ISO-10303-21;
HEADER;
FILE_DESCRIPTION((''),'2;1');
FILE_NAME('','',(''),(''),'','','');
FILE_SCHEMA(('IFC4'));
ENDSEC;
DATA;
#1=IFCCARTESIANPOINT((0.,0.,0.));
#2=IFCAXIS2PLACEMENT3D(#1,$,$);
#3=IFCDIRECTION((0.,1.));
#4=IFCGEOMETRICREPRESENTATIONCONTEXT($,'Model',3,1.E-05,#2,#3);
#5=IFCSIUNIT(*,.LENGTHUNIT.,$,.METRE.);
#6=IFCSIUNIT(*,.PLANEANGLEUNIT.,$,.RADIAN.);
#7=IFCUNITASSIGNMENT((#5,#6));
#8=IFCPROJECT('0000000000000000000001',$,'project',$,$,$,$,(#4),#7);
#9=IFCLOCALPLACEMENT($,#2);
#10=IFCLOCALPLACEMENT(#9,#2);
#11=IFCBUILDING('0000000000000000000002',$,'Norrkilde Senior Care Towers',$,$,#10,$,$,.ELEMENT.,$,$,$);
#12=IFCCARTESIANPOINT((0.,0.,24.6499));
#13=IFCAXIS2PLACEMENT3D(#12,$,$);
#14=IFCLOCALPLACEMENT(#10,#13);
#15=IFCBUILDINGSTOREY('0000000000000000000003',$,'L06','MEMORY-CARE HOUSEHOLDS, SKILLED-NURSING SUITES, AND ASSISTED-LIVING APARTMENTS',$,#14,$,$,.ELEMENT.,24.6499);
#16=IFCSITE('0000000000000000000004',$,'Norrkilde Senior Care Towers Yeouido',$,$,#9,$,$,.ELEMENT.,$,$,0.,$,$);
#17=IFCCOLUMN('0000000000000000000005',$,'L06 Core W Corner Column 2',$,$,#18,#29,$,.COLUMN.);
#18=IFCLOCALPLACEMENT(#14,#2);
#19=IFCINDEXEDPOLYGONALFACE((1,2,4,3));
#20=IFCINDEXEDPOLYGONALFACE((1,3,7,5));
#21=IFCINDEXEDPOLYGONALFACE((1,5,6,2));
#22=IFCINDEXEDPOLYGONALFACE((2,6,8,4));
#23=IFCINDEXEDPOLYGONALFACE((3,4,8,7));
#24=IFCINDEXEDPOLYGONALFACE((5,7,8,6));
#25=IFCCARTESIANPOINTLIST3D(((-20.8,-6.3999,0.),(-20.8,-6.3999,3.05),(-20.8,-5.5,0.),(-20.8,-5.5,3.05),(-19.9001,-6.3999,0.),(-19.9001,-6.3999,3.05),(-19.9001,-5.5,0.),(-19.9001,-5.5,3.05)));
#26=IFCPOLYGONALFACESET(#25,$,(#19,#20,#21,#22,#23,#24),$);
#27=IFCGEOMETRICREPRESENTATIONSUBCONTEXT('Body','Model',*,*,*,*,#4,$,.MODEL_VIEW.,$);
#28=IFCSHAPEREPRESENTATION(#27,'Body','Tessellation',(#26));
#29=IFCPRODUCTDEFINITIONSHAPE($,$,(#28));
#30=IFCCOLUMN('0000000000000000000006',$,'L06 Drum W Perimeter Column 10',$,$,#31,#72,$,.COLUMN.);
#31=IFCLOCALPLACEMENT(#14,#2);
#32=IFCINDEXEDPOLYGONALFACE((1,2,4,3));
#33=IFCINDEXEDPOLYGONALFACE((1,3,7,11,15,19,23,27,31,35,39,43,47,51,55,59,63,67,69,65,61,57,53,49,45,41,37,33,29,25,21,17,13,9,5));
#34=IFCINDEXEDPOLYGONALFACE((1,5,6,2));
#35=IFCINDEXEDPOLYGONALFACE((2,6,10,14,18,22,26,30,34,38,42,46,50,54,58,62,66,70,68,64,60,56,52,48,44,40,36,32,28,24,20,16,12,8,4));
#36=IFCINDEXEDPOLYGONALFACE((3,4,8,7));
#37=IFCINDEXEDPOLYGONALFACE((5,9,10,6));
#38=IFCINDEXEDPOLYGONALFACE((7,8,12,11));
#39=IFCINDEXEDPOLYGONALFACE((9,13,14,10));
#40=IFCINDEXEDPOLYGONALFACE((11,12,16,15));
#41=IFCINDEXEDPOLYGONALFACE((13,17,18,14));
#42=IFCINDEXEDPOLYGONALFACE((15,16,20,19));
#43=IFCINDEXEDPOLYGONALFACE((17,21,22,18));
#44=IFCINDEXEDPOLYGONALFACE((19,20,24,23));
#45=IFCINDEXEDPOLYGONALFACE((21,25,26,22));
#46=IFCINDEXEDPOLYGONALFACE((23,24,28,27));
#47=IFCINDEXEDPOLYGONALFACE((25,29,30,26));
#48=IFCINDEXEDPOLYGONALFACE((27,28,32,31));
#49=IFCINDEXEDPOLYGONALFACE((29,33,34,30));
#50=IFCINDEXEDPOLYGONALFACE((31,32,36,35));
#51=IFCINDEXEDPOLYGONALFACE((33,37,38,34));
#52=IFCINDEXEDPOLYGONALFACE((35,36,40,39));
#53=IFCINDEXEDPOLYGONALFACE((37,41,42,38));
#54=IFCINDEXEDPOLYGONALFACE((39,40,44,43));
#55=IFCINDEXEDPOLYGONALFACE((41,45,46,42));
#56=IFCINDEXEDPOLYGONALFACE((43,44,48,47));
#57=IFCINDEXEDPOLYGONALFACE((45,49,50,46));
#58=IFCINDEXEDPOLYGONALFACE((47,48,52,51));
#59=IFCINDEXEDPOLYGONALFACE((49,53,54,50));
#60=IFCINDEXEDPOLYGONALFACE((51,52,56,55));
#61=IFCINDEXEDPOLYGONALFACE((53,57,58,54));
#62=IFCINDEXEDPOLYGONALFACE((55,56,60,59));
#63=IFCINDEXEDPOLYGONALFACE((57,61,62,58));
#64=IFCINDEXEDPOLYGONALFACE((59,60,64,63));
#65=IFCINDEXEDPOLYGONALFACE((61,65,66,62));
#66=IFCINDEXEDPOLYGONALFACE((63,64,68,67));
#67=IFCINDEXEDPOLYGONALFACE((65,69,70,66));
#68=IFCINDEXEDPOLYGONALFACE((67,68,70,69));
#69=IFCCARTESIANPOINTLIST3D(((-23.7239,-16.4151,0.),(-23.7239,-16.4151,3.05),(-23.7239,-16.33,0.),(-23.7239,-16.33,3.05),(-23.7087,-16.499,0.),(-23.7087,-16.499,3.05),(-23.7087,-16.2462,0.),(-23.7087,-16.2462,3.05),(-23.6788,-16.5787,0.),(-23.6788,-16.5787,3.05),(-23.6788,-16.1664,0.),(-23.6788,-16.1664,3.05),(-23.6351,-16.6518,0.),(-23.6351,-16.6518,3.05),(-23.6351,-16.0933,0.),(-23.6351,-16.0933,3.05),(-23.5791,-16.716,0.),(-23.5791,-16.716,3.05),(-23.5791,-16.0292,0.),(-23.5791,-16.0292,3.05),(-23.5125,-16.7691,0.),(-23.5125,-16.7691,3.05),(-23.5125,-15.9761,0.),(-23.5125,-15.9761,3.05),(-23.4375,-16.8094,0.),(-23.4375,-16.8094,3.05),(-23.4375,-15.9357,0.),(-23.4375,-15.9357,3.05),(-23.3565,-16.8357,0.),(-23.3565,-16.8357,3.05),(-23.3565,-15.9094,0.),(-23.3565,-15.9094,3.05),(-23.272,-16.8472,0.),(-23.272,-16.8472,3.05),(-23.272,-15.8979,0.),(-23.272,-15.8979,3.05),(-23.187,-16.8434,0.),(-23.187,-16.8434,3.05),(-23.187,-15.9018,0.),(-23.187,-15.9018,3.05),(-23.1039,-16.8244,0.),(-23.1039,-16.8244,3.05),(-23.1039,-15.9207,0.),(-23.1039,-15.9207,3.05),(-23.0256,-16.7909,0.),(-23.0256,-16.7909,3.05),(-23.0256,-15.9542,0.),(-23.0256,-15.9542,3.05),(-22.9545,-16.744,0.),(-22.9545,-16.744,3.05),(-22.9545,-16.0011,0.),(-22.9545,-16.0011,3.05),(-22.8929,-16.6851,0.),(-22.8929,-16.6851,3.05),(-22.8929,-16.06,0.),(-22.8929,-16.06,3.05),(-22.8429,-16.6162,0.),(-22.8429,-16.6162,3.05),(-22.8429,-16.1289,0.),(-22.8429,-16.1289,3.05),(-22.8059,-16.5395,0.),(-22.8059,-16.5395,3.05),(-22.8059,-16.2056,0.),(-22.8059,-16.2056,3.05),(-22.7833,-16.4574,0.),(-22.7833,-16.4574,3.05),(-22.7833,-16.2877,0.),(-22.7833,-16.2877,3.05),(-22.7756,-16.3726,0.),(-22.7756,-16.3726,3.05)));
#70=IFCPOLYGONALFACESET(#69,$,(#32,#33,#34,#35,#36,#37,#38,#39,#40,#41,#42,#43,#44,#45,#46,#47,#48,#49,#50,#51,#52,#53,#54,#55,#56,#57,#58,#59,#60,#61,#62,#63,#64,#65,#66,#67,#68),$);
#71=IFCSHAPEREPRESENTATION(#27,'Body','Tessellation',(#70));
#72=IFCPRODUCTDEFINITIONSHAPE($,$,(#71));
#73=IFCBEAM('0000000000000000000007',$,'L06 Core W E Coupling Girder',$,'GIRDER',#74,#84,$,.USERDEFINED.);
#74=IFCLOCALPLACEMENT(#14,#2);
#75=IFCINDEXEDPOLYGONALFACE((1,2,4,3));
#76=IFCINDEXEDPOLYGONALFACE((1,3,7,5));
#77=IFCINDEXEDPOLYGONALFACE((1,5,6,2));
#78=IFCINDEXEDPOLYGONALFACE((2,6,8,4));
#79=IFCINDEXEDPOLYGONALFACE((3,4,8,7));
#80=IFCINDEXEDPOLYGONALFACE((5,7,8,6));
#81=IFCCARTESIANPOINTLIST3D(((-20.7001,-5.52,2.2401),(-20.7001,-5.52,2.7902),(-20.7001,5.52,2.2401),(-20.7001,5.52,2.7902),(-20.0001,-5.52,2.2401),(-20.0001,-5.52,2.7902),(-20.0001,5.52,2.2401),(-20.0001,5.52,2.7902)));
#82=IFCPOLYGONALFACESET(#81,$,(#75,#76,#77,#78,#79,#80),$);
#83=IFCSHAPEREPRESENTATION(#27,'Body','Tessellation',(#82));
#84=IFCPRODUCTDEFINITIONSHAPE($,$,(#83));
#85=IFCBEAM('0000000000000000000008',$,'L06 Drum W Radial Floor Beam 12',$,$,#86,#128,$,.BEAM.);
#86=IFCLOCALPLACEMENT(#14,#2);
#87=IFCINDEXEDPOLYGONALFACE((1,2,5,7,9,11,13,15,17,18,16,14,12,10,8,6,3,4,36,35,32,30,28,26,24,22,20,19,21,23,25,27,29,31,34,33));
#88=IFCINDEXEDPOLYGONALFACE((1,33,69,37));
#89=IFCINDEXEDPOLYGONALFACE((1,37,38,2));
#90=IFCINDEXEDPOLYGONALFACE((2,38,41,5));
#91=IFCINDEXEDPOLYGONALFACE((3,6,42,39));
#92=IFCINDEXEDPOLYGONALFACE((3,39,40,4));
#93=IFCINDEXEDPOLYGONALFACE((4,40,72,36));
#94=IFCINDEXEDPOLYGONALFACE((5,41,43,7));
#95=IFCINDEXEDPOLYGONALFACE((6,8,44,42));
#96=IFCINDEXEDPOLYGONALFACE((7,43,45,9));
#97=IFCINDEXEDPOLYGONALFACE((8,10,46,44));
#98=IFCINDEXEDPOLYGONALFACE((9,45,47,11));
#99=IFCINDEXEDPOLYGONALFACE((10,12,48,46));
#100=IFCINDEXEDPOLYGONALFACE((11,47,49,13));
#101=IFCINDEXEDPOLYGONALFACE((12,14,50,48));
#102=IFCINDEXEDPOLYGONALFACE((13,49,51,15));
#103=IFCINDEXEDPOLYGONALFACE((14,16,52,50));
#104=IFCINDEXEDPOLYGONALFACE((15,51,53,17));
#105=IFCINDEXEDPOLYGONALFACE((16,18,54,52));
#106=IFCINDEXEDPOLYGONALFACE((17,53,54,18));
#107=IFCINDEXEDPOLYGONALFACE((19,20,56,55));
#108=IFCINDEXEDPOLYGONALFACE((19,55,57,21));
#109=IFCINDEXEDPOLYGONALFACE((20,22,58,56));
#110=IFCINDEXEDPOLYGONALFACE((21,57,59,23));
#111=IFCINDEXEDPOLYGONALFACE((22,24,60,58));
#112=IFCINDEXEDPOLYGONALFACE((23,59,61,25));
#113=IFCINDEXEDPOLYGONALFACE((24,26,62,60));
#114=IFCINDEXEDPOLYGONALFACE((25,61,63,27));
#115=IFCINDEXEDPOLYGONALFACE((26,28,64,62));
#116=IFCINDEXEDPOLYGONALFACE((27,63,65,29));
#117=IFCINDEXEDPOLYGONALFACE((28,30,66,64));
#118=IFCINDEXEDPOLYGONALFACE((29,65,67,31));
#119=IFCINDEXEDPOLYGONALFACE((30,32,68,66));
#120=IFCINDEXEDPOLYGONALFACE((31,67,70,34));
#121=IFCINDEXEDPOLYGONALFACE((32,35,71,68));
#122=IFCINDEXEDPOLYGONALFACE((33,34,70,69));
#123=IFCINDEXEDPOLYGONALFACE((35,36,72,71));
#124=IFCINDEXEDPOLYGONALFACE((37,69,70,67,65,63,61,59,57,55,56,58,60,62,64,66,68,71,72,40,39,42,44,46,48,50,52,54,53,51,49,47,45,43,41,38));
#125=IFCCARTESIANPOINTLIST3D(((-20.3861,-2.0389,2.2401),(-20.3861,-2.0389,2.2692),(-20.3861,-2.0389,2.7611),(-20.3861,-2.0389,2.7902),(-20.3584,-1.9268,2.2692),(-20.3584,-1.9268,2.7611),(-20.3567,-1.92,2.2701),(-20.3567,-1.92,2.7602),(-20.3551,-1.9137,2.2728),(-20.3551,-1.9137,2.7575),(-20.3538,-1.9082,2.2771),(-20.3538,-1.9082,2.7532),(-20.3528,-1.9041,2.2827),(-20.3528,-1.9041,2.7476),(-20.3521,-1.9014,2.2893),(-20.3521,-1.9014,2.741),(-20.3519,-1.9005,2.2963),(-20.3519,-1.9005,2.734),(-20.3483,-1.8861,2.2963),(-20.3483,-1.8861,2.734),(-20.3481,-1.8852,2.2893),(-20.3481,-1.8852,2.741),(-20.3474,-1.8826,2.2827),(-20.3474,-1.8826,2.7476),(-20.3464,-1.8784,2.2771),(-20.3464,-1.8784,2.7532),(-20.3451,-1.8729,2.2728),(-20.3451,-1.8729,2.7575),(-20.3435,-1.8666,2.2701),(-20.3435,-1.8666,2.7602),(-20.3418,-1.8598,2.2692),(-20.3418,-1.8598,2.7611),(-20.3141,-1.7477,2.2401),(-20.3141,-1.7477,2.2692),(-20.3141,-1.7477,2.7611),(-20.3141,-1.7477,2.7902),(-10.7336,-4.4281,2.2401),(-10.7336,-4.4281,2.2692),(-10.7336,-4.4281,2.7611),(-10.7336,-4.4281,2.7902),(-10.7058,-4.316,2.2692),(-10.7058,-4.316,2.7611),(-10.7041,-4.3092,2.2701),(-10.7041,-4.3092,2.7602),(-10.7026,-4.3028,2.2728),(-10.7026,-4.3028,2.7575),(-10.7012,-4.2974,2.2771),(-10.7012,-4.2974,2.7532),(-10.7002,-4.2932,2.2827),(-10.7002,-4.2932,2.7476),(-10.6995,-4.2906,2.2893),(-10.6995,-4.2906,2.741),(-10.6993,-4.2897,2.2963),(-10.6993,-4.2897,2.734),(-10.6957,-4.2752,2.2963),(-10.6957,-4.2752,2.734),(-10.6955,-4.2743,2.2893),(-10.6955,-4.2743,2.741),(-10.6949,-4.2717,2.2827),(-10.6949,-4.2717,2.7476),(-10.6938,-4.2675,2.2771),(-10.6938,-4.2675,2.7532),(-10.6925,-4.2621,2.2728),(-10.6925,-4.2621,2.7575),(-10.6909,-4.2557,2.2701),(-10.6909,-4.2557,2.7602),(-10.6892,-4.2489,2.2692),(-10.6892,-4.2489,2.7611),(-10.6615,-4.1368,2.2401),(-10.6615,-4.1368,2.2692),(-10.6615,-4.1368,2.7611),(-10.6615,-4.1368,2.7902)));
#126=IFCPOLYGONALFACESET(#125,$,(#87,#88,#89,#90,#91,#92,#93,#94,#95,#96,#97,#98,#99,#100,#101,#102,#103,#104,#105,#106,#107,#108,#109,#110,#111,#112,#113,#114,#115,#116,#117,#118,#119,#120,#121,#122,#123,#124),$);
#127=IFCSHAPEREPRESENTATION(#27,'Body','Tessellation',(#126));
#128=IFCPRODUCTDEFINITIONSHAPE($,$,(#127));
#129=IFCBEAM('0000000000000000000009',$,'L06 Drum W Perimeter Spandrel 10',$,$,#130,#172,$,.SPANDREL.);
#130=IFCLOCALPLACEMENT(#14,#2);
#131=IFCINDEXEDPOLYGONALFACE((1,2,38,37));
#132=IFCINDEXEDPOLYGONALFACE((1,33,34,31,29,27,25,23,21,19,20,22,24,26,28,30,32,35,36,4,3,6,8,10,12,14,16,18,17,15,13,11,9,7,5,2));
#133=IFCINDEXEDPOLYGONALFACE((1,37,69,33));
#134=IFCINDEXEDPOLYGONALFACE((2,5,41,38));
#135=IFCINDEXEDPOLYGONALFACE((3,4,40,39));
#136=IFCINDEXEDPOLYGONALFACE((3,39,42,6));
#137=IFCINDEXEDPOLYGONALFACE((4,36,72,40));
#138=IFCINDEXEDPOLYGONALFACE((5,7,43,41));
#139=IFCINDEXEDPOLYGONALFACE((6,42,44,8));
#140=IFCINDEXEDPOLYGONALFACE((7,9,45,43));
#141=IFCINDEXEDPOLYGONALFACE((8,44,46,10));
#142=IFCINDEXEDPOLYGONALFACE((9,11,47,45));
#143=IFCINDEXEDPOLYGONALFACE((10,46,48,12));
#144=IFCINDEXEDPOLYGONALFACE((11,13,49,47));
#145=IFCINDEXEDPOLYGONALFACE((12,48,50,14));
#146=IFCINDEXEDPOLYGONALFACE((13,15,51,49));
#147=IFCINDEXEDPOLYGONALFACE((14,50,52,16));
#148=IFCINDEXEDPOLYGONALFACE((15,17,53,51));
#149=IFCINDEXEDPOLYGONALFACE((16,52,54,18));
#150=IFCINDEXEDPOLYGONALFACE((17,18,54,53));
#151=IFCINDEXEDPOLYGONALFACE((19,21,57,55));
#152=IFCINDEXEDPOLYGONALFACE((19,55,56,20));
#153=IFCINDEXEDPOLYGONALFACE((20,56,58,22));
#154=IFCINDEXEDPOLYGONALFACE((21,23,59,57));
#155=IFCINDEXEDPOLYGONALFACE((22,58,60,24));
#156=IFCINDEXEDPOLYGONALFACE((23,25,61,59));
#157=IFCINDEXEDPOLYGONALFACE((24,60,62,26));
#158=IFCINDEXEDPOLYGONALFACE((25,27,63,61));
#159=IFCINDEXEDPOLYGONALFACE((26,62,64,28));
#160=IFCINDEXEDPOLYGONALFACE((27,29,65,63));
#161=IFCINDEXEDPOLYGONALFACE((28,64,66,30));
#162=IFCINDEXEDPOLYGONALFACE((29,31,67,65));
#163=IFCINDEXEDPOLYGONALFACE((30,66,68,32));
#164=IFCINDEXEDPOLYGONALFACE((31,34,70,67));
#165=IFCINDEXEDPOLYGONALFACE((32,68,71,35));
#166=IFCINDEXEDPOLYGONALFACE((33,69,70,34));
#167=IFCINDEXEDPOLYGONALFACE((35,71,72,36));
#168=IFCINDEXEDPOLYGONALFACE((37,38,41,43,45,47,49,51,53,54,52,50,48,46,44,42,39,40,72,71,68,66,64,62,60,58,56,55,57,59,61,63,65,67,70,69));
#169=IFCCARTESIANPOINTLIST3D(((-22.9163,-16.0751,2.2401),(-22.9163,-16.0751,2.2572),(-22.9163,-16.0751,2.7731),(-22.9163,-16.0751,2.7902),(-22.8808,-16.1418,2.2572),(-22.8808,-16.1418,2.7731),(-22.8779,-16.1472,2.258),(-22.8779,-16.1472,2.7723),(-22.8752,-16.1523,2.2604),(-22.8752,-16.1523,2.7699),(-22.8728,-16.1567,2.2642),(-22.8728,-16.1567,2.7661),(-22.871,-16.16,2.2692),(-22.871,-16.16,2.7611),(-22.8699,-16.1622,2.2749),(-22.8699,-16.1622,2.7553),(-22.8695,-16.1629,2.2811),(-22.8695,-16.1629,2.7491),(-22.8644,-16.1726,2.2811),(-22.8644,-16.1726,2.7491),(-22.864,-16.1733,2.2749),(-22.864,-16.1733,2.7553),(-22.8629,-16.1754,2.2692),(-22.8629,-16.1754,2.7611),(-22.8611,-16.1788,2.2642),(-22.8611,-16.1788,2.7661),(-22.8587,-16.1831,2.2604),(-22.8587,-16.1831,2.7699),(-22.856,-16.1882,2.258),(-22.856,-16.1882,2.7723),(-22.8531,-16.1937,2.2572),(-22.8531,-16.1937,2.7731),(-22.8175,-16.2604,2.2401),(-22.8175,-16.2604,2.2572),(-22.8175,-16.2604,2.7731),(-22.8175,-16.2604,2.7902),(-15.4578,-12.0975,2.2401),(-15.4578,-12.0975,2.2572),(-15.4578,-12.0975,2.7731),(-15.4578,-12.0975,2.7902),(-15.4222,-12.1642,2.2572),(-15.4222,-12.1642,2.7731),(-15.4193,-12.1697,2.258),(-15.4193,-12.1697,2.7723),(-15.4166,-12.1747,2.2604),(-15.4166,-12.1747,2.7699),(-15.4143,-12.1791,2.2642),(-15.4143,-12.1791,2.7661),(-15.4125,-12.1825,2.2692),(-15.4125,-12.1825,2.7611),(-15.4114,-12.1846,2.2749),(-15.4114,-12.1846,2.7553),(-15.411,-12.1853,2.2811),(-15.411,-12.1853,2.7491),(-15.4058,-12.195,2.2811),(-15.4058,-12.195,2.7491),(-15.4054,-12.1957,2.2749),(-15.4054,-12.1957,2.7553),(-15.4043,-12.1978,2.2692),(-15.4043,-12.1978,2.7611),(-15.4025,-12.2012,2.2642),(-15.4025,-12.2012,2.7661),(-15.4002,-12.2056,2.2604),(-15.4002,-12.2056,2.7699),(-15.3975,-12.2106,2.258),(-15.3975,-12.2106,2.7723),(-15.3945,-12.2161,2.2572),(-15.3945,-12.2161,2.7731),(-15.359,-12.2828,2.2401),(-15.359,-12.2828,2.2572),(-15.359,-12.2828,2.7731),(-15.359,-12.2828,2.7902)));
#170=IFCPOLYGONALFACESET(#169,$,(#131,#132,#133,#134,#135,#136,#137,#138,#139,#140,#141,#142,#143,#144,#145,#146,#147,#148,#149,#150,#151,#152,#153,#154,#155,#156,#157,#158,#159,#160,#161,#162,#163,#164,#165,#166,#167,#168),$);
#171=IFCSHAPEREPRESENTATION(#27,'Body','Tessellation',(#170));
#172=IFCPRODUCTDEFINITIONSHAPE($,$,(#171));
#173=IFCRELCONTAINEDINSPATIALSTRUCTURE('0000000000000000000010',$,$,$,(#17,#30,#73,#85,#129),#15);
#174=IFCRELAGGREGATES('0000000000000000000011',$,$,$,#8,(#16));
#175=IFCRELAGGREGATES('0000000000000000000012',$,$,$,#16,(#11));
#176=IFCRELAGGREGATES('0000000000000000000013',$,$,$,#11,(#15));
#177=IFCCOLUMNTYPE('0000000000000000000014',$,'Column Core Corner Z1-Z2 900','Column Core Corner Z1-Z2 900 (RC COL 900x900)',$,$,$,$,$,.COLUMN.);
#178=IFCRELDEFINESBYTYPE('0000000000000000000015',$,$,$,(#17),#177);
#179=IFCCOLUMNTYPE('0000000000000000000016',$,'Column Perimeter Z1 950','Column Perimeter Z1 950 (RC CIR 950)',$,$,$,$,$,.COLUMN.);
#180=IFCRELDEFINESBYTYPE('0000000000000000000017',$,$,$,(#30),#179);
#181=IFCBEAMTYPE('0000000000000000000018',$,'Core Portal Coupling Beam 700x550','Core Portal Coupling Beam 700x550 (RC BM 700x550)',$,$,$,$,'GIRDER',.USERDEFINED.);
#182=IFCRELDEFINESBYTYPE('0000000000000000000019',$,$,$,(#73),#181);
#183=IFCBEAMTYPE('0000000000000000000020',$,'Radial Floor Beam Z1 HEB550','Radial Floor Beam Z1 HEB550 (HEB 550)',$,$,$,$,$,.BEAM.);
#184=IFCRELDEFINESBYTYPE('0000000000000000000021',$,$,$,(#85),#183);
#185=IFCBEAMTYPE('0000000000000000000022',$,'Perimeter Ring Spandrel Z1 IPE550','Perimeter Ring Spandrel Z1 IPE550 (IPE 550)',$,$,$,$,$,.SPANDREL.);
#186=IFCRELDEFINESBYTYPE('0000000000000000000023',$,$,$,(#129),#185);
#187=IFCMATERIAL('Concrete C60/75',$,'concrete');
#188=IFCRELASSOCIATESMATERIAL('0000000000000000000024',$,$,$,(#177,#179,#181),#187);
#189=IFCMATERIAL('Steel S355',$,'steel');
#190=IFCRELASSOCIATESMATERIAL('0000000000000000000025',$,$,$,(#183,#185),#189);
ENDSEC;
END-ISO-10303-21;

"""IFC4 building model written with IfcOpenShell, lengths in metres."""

from ifc_helpers import new_model, si_unit, direction, frame, origin, origin_2d, place, context, subcontext, project, spatial, rectangle, circle, i_section, extrude, source, transform, mapped, material, material_profile, profile_set, type_object, type_shapes, element, save


model = new_model("IFC4")

# Units and contexts
model_context = context("Model", 3, precision=1e-05, world=origin(), true_north=direction((0.0, 1.0)))
body_context = subcontext(model_context, "Body", "Model", "MODEL_VIEW")
ifc_project = project(units=[si_unit("LENGTHUNIT", "METRE"), si_unit("PLANEANGLEUNIT", "RADIAN")], contexts=[model_context])

# Site, building, storey
site_placement = place(None, origin())
site = spatial("IfcSite", under=ifc_project, at=site_placement, Name="Norrkilde Senior Care Towers Yeouido", CompositionType="ELEMENT", RefElevation=0.0)
building_placement = place(site_placement, origin())
building = spatial("IfcBuilding", under=site, at=building_placement, Name="Norrkilde Senior Care Towers", CompositionType="ELEMENT")
storey_placement = place(building_placement, frame((0.0, 0.0, 24.6499)))
storey = spatial("IfcBuildingStorey", under=building, at=storey_placement, Name="L06", Description="MEMORY-CARE HOUSEHOLDS, SKILLED-NURSING SUITES, AND ASSISTED-LIVING APARTMENTS", CompositionType="ELEMENT", Elevation=24.6499)

# Columns
ifc_material_1 = material(Name="Concrete C60/75", Category="concrete")
ifc_material_profile_1 = material_profile(ifc_material_1, rectangle(XDim=0.8999, YDim=0.8999, at=origin_2d()), Name="RC COL 900x900")
ifc_profile_set_1 = profile_set([ifc_material_profile_1], Name="Concrete C60/75")
column_type_1 = type_object("IfcColumnType", Name="Column Core Corner Z1-Z2 900", Description="Column Core Corner Z1-Z2 900 (RC COL 900x900)", PredefinedType="COLUMN", material=ifc_profile_set_1)
shared_shape_1 = source(origin(), body_context, "Body", "SweptSolid", [
    extrude(rectangle(XDim=0.8999, YDim=0.8999, at=origin_2d()), origin(), (0.0, 0.0, 1.0), 3.05),
])
type_shapes(column_type_1, [shared_shape_1])
column_1_placement = place(storey_placement, frame((-20.3501, -5.95, 0.0), z_axis=(0.0, 0.0, 1.0), x_axis=(1.0, 0.0, 0.0)))
element("IfcColumn", 1, at=column_1_placement, inside=storey, type_object=column_type_1, Name="L06 Core W Corner Column 2", PredefinedType="COLUMN", context=body_context, shape_type="MappedRepresentation", body=[
    mapped(shared_shape_1, transform((0.0, 0.0, 0.0), x_axis=(1.0, 0.0, 0.0), y_axis=(0.0, 1.0, 0.0), z_axis=(0.0, 0.0, 1.0), scale=1.0)),
])
ifc_material_profile_2 = material_profile(ifc_material_1, circle(Radius=0.4751, at=origin_2d()), Name="RC CIR 950")
ifc_profile_set_2 = profile_set([ifc_material_profile_2], Name="Concrete C60/75")
column_type_2 = type_object("IfcColumnType", Name="Column Perimeter Z1 950", Description="Column Perimeter Z1 950 (RC CIR 950)", PredefinedType="COLUMN", material=ifc_profile_set_2)
shared_shape_2 = source(origin(), body_context, "Body", "SweptSolid", [
    extrude(circle(Radius=0.4751, at=origin_2d()), origin(), (0.0, 0.0, 1.0), 3.05),
])
type_shapes(column_type_2, [shared_shape_2])
column_2_placement = place(storey_placement, frame((-23.2507, -16.3726, 0.0), z_axis=(0.0, 0.0, 1.0), x_axis=(1.0, 0.0, 0.0)))
element("IfcColumn", 2, at=column_2_placement, inside=storey, type_object=column_type_2, Name="L06 Drum W Perimeter Column 10", PredefinedType="COLUMN", context=body_context, shape_type="MappedRepresentation", body=[
    mapped(shared_shape_2, transform((0.0, 0.0, 0.0), x_axis=(1.0, 0.0, 0.0), y_axis=(0.0, 1.0, 0.0), z_axis=(0.0, 0.0, 1.0), scale=1.0)),
])

# Beams
ifc_material_profile_3 = material_profile(ifc_material_1, rectangle(XDim=0.7, YDim=0.55, at=origin_2d()), Name="RC BM 700x550")
ifc_profile_set_3 = profile_set([ifc_material_profile_3], Name="Concrete C60/75")
beam_type_1 = type_object("IfcBeamType", Name="Core Portal Coupling Beam 700x550", Description="Core Portal Coupling Beam 700x550 (RC BM 700x550)", ElementType="GIRDER", PredefinedType="USERDEFINED", material=ifc_profile_set_3)
shared_shape_3 = source(origin(), body_context, "Body", "SweptSolid", [
    extrude(rectangle(XDim=0.7, YDim=0.55, at=origin_2d()), origin(), (0.0, 0.0, 1.0), 11.04),
])
type_shapes(beam_type_1, [shared_shape_3])
beam_1_placement = place(storey_placement, frame((-20.3501, -5.52, 2.5151), z_axis=(0.0, 1.0, 0.0), x_axis=(-1.0, 0.0, 0.0)))
element("IfcBeam", 3, at=beam_1_placement, inside=storey, type_object=beam_type_1, Name="L06 Core W E Coupling Girder", ObjectType="GIRDER", PredefinedType="USERDEFINED", context=body_context, shape_type="MappedRepresentation", body=[
    mapped(shared_shape_3, transform((0.0, 0.0, 0.0), x_axis=(1.0, 0.0, 0.0), y_axis=(0.0, 1.0, 0.0), z_axis=(0.0, 0.0, 1.0), scale=1.0)),
])
ifc_material_2 = material(Name="Steel S355", Category="steel")
ifc_material_profile_4 = material_profile(ifc_material_2, i_section(OverallWidth=0.3, OverallDepth=0.55, WebThickness=0.0149, FlangeThickness=0.0291, FilletRadius=0.0271, at=origin_2d()), Name="HEB 550")
ifc_profile_set_4 = profile_set([ifc_material_profile_4], Name="Steel S355")
beam_type_2 = type_object("IfcBeamType", Name="Radial Floor Beam Z1 HEB550", Description="Radial Floor Beam Z1 HEB550 (HEB 550)", PredefinedType="BEAM", material=ifc_profile_set_4)
shared_shape_4 = source(origin(), body_context, "Body", "SweptSolid", [
    extrude(i_section(OverallWidth=0.3, OverallDepth=0.55, WebThickness=0.0149, FlangeThickness=0.0291, FilletRadius=0.0271, at=origin_2d()), origin(), (0.0, 0.0, 1.0), 9.9438),
])
beam_2_placement = place(storey_placement, frame((-20.3501, -1.8933, 2.5151), z_axis=(0.970707, -0.240265, 0.0), x_axis=(0.240265, 0.970707, 0.0)))
element("IfcBeam", 4, at=beam_2_placement, inside=storey, type_object=beam_type_2, Name="L06 Drum W Radial Floor Beam 12", PredefinedType="BEAM", context=body_context, shape_type="MappedRepresentation", body=[
    mapped(shared_shape_4, transform((0.0, 0.0, 0.0), x_axis=(1.0, 0.0, 0.0), y_axis=(0.0, 1.0, 0.0), z_axis=(0.0, 0.0, 1.0), scale=1.0)),
])
ifc_material_profile_5 = material_profile(ifc_material_2, i_section(OverallWidth=0.21, OverallDepth=0.55, WebThickness=0.011, FlangeThickness=0.0171, FilletRadius=0.0239, at=origin_2d()), Name="IPE 550")
ifc_profile_set_5 = profile_set([ifc_material_profile_5], Name="Steel S355")
beam_type_3 = type_object("IfcBeamType", Name="Perimeter Ring Spandrel Z1 IPE550", Description="Perimeter Ring Spandrel Z1 IPE550 (IPE 550)", PredefinedType="SPANDREL", material=ifc_profile_set_5)
shared_shape_5 = source(origin(), body_context, "Body", "SweptSolid", [
    extrude(i_section(OverallWidth=0.21, OverallDepth=0.55, WebThickness=0.011, FlangeThickness=0.0171, FilletRadius=0.0239, at=origin_2d()), origin(), (0.0, 0.0, 1.0), 8.4529),
])
type_shapes(beam_type_3, [shared_shape_5])
beam_3_placement = place(storey_placement, frame((-22.8669, -16.1677, 2.5151), z_axis=(0.882369, 0.470558, 0.0), x_axis=(-0.470558, 0.882369, 0.0)))
element("IfcBeam", 5, at=beam_3_placement, inside=storey, type_object=beam_type_3, Name="L06 Drum W Perimeter Spandrel 10", PredefinedType="SPANDREL", context=body_context, shape_type="MappedRepresentation", body=[
    mapped(shared_shape_5, transform((0.0, 0.0, 0.0), x_axis=(1.0, 0.0, 0.0), y_axis=(0.0, 1.0, 0.0), z_axis=(0.0, 0.0, 1.0), scale=1.0)),
])

save(model, "model.ifc")
